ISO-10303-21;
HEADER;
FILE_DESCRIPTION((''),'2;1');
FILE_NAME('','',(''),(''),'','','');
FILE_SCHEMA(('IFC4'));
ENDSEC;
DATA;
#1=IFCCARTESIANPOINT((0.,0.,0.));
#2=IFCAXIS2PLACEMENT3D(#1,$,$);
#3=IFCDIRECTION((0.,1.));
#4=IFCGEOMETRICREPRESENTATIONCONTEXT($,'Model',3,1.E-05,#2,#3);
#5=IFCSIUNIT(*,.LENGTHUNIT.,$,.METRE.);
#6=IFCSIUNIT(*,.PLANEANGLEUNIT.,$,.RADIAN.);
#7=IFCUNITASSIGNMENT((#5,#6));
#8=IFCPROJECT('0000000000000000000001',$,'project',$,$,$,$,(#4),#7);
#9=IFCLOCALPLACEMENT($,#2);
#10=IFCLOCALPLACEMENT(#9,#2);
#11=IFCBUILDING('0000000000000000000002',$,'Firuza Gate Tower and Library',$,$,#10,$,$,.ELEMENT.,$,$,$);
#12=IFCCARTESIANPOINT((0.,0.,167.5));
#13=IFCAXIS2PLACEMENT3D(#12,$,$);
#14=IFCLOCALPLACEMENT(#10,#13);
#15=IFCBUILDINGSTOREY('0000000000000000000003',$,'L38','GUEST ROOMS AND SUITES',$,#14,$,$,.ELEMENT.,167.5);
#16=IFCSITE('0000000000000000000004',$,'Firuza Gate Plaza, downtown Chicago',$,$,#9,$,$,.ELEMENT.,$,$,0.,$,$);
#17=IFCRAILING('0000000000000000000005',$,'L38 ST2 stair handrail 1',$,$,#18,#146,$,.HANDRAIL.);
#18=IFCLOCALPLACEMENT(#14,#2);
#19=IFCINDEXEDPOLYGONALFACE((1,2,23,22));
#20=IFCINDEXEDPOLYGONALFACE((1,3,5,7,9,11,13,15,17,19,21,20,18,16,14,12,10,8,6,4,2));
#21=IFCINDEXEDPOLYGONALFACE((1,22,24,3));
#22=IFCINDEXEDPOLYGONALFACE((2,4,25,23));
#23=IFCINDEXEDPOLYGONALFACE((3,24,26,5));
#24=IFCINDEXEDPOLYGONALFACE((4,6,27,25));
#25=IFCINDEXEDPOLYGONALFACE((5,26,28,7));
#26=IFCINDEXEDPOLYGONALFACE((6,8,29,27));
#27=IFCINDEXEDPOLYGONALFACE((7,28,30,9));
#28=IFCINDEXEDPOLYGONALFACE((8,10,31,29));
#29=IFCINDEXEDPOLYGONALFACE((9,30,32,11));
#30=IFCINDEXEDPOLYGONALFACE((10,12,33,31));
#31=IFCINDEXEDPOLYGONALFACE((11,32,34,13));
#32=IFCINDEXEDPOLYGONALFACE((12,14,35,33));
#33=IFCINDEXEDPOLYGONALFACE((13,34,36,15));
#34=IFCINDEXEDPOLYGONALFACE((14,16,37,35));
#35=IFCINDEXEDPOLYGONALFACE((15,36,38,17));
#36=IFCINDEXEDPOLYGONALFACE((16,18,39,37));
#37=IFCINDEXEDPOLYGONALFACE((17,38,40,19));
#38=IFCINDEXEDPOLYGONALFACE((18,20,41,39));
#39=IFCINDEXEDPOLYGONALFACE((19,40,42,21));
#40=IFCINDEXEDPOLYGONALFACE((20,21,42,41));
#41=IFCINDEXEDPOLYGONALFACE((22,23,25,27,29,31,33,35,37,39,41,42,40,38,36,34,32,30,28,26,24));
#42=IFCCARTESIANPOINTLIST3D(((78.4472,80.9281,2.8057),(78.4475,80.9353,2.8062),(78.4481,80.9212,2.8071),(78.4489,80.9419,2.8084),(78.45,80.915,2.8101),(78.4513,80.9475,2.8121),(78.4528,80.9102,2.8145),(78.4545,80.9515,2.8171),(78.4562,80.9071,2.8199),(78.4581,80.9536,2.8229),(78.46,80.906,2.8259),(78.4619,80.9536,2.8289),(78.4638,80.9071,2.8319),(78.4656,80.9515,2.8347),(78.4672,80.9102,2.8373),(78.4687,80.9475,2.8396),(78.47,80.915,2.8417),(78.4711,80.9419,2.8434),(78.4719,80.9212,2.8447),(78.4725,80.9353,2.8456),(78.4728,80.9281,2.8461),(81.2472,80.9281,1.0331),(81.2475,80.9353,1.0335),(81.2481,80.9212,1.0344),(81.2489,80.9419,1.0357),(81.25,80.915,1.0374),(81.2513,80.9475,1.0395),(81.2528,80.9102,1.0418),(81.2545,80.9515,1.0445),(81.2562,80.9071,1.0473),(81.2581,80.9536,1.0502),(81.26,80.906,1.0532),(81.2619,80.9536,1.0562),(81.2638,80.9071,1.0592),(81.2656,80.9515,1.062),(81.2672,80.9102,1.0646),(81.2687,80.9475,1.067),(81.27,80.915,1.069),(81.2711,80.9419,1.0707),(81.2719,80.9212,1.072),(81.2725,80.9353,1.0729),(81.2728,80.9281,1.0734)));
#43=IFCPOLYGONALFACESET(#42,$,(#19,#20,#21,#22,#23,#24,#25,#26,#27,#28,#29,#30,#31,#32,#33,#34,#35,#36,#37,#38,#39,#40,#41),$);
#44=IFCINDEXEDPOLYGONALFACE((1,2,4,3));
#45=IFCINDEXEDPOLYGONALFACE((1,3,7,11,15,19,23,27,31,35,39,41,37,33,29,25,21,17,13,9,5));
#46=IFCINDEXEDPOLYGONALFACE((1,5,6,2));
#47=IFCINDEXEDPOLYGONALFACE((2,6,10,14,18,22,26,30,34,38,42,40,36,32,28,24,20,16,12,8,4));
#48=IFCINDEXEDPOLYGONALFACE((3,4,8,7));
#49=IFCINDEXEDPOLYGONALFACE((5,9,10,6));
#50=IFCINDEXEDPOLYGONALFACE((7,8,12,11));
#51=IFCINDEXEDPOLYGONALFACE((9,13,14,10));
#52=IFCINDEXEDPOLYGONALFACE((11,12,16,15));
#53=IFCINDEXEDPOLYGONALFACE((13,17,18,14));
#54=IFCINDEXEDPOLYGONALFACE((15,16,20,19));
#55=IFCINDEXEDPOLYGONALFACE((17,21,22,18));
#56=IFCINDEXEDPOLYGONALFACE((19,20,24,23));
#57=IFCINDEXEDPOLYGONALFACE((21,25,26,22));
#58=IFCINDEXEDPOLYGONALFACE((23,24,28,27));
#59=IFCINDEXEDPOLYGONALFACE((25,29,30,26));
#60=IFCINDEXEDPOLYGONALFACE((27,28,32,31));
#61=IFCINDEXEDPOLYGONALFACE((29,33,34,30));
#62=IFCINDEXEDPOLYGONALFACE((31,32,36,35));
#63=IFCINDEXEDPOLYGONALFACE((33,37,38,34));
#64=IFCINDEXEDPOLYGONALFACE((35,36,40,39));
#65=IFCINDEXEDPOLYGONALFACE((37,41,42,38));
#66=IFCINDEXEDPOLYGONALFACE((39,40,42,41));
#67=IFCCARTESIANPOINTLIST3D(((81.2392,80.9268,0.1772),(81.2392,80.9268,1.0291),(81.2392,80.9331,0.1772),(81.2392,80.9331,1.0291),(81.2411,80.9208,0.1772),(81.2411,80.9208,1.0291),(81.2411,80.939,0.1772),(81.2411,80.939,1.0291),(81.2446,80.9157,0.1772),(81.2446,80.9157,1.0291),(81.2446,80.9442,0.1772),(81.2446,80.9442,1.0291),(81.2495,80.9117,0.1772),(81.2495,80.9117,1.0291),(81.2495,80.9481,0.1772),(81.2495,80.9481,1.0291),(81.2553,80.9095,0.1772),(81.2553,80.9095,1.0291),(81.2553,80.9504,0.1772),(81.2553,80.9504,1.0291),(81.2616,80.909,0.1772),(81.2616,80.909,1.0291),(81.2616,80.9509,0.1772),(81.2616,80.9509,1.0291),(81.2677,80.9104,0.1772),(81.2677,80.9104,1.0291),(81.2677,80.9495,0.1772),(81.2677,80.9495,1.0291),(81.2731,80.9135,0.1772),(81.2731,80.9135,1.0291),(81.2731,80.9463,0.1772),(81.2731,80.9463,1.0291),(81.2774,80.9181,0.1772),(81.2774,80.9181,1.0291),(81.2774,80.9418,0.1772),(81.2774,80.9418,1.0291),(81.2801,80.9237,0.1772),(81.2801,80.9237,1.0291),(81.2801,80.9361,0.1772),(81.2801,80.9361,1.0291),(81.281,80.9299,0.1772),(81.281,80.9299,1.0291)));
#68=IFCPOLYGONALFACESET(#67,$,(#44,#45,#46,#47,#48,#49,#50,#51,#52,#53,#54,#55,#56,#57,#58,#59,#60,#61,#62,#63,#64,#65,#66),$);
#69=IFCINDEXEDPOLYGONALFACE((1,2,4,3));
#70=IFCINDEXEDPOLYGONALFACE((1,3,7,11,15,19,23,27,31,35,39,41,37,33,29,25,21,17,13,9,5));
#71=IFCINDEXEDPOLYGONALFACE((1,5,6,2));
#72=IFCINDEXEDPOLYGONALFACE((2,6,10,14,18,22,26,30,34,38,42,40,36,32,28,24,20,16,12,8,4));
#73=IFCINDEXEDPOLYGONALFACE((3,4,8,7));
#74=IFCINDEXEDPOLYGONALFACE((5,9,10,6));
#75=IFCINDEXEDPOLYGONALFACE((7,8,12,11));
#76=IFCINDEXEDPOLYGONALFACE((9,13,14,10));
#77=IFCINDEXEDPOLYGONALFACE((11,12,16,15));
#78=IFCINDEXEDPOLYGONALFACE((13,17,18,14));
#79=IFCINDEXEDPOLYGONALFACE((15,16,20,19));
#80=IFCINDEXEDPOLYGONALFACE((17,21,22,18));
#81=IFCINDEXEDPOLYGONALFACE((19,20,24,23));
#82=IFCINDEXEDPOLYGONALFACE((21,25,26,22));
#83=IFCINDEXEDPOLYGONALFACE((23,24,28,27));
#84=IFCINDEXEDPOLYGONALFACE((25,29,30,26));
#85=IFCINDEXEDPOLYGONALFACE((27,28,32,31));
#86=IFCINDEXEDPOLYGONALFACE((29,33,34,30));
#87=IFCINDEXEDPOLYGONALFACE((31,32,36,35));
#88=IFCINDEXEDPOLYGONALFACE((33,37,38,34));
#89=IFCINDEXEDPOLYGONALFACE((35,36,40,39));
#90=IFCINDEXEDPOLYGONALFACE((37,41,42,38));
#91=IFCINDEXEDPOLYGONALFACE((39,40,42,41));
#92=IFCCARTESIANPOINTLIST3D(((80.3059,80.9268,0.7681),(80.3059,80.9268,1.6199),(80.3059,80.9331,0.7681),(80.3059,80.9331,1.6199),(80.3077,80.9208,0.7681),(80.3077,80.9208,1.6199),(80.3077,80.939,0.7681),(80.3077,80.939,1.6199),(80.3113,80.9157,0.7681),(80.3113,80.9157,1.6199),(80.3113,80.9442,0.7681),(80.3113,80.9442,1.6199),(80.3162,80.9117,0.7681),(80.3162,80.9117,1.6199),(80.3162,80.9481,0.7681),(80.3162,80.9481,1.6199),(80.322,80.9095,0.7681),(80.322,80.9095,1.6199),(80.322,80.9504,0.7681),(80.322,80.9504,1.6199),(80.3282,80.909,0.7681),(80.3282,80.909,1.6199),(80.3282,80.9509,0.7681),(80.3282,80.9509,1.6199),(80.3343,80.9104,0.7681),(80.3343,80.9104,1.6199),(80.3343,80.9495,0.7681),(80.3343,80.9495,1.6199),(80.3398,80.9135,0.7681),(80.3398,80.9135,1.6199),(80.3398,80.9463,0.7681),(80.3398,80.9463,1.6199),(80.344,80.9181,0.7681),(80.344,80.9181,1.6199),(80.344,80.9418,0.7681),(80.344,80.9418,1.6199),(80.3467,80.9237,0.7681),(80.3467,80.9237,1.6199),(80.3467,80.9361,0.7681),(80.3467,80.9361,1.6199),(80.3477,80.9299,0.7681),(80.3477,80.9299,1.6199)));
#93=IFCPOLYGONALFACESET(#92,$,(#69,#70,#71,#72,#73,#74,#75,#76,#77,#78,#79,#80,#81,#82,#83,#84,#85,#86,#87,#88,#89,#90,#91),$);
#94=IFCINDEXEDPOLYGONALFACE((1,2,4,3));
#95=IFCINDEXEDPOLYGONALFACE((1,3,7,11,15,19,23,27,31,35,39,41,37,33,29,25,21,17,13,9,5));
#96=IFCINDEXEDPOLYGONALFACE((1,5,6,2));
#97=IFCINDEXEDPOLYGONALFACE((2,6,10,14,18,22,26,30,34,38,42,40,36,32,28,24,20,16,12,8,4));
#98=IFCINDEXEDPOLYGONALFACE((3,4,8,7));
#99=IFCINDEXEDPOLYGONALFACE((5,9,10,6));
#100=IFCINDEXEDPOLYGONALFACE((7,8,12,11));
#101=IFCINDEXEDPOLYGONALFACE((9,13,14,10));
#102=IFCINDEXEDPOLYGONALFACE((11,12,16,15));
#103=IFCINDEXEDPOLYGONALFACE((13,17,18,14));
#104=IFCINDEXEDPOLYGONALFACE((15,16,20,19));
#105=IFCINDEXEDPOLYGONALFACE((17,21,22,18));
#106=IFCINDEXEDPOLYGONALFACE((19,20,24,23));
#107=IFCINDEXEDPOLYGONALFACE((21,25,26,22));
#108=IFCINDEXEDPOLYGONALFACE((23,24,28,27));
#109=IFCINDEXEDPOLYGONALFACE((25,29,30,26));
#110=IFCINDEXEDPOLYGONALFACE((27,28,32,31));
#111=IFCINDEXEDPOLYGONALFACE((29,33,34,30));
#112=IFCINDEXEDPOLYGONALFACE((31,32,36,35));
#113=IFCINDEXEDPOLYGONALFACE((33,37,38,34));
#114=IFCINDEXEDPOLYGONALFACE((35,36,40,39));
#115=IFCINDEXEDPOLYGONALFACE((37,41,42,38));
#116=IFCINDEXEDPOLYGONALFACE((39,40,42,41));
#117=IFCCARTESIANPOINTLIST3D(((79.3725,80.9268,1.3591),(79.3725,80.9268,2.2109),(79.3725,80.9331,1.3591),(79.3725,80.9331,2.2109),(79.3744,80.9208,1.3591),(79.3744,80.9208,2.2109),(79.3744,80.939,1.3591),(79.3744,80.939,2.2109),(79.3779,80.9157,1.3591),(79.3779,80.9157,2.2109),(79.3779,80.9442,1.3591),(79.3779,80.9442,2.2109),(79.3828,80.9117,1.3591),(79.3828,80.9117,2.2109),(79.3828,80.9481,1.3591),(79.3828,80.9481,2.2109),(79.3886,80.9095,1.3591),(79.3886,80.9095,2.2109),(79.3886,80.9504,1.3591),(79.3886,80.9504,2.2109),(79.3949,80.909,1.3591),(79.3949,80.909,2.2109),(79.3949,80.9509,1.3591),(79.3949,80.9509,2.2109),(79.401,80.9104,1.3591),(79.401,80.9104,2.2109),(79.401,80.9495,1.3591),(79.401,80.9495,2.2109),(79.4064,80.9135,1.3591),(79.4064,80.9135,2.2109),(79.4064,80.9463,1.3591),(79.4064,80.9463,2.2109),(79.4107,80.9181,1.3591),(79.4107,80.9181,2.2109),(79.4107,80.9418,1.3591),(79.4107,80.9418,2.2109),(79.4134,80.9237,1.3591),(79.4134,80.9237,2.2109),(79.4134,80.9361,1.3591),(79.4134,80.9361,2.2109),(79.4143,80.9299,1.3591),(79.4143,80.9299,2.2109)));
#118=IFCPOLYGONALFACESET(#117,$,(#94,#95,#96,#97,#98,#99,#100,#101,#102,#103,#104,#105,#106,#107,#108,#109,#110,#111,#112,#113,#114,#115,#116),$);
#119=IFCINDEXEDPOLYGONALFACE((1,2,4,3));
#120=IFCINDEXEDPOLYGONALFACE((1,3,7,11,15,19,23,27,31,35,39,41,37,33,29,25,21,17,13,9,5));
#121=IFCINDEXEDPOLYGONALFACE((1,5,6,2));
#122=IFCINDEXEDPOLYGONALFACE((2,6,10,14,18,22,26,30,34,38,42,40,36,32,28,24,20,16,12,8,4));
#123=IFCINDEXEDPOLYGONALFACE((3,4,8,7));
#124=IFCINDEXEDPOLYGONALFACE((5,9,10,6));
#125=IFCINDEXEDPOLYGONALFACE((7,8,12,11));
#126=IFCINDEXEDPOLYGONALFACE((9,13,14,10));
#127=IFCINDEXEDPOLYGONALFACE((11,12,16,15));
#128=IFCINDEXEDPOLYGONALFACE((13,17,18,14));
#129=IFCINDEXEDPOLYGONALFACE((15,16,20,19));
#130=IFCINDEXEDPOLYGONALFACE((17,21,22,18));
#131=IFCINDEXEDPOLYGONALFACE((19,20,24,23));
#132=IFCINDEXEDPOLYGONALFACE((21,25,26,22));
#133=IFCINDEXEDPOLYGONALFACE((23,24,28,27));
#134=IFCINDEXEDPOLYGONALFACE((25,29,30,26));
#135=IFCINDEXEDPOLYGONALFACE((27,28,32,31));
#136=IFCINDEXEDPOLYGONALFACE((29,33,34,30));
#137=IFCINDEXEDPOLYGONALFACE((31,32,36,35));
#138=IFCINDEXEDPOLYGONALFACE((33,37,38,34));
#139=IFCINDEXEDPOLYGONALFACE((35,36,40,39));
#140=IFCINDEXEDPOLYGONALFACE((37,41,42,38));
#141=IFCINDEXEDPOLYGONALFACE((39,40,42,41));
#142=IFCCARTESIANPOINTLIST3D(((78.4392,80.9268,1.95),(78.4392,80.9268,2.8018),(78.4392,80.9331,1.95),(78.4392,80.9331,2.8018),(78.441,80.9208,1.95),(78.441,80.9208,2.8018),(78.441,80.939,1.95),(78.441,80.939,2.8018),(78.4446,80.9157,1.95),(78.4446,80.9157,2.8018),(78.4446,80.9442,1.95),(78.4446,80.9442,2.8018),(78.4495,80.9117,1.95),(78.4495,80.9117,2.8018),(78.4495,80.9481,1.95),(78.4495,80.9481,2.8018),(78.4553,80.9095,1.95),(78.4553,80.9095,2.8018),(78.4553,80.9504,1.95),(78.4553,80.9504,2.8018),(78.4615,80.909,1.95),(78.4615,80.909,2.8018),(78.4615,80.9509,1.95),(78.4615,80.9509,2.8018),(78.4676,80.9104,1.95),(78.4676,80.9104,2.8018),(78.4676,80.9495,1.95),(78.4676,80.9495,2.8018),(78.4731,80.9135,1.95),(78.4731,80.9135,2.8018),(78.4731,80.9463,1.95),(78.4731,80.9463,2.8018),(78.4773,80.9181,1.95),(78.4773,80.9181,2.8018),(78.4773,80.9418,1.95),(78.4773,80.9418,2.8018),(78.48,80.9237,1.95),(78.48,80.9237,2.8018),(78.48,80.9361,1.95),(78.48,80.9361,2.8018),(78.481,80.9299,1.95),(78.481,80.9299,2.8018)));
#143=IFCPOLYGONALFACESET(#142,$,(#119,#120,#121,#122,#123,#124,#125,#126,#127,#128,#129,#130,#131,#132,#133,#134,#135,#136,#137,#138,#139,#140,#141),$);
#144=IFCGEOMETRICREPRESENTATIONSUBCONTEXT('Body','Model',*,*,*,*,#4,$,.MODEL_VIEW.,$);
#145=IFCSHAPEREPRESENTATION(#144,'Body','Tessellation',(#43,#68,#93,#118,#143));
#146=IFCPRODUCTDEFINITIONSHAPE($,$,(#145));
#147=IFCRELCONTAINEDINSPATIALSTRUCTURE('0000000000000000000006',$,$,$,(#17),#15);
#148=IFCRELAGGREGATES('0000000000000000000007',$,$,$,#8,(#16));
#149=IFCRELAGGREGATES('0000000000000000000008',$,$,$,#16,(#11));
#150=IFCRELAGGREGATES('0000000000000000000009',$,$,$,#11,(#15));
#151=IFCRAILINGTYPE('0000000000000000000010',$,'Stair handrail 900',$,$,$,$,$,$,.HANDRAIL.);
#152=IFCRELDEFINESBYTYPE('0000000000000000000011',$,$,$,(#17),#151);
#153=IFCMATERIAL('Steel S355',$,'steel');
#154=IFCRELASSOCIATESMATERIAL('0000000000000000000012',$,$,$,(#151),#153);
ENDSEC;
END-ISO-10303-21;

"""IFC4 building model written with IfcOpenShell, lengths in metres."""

from ifc_helpers import new_model, si_unit, direction, frame, origin, origin_2d, place, context, subcontext, project, spatial, circle, extrude, material, type_object, element, save


model = new_model("IFC4")

# Units and contexts
model_context = context("Model", 3, precision=1e-05, world=origin(), true_north=direction((0.0, 1.0)))
body_context = subcontext(model_context, "Body", "Model", "MODEL_VIEW")
ifc_project = project(units=[si_unit("LENGTHUNIT", "METRE"), si_unit("PLANEANGLEUNIT", "RADIAN")], contexts=[model_context])

# Site, building, storey
site_placement = place(None, origin())
site = spatial("IfcSite", under=ifc_project, at=site_placement, Name="Firuza Gate Plaza, downtown Chicago", CompositionType="ELEMENT", RefElevation=0.0)
building_placement = place(site_placement, origin())
building = spatial("IfcBuilding", under=site, at=building_placement, Name="Firuza Gate Tower and Library", CompositionType="ELEMENT")
storey_placement = place(building_placement, frame((0.0, 0.0, 167.5)))
storey = spatial("IfcBuildingStorey", under=building, at=storey_placement, Name="L38", Description="GUEST ROOMS AND SUITES", CompositionType="ELEMENT", Elevation=167.5)

# Railing
ifc_material_1 = material(Name="Steel S355", Category="steel")
railing_type_1 = type_object("IfcRailingType", Name="Stair handrail 900", PredefinedType="HANDRAIL", material=ifc_material_1)
railing_1_placement = place(storey_placement, frame((81.26, 80.9299, 0.1772)))
element("IfcRailing", 1, at=railing_1_placement, inside=storey, type_object=railing_type_1, Name="L38 ST2 stair handrail 1", PredefinedType="HANDRAIL", context=body_context, shape_type="SweptSolid", body=[
    extrude(circle(Radius=0.0239, at=origin_2d()), frame((0.0, 0.0, 0.876), z_axis=(-0.844909, 0.0, 0.53491), x_axis=(0.0, -1.0, 0.0)), (0.0, 0.0, 1.0), 3.314),
    extrude(circle(Radius=0.021, at=origin_2d()), origin(), (0.0, 0.0, 1.0), 0.8518),
    extrude(circle(Radius=0.021, at=origin_2d()), frame((-0.9333, 0.0, 0.5908)), (0.0, 0.0, 1.0), 0.8518),
    extrude(circle(Radius=0.021, at=origin_2d()), frame((-1.8667, 0.0, 1.1819)), (0.0, 0.0, 1.0), 0.8518),
    extrude(circle(Radius=0.021, at=origin_2d()), frame((-2.8, 0.0, 1.7727)), (0.0, 0.0, 1.0), 0.8518),
])

save(model, "model.ifc")
